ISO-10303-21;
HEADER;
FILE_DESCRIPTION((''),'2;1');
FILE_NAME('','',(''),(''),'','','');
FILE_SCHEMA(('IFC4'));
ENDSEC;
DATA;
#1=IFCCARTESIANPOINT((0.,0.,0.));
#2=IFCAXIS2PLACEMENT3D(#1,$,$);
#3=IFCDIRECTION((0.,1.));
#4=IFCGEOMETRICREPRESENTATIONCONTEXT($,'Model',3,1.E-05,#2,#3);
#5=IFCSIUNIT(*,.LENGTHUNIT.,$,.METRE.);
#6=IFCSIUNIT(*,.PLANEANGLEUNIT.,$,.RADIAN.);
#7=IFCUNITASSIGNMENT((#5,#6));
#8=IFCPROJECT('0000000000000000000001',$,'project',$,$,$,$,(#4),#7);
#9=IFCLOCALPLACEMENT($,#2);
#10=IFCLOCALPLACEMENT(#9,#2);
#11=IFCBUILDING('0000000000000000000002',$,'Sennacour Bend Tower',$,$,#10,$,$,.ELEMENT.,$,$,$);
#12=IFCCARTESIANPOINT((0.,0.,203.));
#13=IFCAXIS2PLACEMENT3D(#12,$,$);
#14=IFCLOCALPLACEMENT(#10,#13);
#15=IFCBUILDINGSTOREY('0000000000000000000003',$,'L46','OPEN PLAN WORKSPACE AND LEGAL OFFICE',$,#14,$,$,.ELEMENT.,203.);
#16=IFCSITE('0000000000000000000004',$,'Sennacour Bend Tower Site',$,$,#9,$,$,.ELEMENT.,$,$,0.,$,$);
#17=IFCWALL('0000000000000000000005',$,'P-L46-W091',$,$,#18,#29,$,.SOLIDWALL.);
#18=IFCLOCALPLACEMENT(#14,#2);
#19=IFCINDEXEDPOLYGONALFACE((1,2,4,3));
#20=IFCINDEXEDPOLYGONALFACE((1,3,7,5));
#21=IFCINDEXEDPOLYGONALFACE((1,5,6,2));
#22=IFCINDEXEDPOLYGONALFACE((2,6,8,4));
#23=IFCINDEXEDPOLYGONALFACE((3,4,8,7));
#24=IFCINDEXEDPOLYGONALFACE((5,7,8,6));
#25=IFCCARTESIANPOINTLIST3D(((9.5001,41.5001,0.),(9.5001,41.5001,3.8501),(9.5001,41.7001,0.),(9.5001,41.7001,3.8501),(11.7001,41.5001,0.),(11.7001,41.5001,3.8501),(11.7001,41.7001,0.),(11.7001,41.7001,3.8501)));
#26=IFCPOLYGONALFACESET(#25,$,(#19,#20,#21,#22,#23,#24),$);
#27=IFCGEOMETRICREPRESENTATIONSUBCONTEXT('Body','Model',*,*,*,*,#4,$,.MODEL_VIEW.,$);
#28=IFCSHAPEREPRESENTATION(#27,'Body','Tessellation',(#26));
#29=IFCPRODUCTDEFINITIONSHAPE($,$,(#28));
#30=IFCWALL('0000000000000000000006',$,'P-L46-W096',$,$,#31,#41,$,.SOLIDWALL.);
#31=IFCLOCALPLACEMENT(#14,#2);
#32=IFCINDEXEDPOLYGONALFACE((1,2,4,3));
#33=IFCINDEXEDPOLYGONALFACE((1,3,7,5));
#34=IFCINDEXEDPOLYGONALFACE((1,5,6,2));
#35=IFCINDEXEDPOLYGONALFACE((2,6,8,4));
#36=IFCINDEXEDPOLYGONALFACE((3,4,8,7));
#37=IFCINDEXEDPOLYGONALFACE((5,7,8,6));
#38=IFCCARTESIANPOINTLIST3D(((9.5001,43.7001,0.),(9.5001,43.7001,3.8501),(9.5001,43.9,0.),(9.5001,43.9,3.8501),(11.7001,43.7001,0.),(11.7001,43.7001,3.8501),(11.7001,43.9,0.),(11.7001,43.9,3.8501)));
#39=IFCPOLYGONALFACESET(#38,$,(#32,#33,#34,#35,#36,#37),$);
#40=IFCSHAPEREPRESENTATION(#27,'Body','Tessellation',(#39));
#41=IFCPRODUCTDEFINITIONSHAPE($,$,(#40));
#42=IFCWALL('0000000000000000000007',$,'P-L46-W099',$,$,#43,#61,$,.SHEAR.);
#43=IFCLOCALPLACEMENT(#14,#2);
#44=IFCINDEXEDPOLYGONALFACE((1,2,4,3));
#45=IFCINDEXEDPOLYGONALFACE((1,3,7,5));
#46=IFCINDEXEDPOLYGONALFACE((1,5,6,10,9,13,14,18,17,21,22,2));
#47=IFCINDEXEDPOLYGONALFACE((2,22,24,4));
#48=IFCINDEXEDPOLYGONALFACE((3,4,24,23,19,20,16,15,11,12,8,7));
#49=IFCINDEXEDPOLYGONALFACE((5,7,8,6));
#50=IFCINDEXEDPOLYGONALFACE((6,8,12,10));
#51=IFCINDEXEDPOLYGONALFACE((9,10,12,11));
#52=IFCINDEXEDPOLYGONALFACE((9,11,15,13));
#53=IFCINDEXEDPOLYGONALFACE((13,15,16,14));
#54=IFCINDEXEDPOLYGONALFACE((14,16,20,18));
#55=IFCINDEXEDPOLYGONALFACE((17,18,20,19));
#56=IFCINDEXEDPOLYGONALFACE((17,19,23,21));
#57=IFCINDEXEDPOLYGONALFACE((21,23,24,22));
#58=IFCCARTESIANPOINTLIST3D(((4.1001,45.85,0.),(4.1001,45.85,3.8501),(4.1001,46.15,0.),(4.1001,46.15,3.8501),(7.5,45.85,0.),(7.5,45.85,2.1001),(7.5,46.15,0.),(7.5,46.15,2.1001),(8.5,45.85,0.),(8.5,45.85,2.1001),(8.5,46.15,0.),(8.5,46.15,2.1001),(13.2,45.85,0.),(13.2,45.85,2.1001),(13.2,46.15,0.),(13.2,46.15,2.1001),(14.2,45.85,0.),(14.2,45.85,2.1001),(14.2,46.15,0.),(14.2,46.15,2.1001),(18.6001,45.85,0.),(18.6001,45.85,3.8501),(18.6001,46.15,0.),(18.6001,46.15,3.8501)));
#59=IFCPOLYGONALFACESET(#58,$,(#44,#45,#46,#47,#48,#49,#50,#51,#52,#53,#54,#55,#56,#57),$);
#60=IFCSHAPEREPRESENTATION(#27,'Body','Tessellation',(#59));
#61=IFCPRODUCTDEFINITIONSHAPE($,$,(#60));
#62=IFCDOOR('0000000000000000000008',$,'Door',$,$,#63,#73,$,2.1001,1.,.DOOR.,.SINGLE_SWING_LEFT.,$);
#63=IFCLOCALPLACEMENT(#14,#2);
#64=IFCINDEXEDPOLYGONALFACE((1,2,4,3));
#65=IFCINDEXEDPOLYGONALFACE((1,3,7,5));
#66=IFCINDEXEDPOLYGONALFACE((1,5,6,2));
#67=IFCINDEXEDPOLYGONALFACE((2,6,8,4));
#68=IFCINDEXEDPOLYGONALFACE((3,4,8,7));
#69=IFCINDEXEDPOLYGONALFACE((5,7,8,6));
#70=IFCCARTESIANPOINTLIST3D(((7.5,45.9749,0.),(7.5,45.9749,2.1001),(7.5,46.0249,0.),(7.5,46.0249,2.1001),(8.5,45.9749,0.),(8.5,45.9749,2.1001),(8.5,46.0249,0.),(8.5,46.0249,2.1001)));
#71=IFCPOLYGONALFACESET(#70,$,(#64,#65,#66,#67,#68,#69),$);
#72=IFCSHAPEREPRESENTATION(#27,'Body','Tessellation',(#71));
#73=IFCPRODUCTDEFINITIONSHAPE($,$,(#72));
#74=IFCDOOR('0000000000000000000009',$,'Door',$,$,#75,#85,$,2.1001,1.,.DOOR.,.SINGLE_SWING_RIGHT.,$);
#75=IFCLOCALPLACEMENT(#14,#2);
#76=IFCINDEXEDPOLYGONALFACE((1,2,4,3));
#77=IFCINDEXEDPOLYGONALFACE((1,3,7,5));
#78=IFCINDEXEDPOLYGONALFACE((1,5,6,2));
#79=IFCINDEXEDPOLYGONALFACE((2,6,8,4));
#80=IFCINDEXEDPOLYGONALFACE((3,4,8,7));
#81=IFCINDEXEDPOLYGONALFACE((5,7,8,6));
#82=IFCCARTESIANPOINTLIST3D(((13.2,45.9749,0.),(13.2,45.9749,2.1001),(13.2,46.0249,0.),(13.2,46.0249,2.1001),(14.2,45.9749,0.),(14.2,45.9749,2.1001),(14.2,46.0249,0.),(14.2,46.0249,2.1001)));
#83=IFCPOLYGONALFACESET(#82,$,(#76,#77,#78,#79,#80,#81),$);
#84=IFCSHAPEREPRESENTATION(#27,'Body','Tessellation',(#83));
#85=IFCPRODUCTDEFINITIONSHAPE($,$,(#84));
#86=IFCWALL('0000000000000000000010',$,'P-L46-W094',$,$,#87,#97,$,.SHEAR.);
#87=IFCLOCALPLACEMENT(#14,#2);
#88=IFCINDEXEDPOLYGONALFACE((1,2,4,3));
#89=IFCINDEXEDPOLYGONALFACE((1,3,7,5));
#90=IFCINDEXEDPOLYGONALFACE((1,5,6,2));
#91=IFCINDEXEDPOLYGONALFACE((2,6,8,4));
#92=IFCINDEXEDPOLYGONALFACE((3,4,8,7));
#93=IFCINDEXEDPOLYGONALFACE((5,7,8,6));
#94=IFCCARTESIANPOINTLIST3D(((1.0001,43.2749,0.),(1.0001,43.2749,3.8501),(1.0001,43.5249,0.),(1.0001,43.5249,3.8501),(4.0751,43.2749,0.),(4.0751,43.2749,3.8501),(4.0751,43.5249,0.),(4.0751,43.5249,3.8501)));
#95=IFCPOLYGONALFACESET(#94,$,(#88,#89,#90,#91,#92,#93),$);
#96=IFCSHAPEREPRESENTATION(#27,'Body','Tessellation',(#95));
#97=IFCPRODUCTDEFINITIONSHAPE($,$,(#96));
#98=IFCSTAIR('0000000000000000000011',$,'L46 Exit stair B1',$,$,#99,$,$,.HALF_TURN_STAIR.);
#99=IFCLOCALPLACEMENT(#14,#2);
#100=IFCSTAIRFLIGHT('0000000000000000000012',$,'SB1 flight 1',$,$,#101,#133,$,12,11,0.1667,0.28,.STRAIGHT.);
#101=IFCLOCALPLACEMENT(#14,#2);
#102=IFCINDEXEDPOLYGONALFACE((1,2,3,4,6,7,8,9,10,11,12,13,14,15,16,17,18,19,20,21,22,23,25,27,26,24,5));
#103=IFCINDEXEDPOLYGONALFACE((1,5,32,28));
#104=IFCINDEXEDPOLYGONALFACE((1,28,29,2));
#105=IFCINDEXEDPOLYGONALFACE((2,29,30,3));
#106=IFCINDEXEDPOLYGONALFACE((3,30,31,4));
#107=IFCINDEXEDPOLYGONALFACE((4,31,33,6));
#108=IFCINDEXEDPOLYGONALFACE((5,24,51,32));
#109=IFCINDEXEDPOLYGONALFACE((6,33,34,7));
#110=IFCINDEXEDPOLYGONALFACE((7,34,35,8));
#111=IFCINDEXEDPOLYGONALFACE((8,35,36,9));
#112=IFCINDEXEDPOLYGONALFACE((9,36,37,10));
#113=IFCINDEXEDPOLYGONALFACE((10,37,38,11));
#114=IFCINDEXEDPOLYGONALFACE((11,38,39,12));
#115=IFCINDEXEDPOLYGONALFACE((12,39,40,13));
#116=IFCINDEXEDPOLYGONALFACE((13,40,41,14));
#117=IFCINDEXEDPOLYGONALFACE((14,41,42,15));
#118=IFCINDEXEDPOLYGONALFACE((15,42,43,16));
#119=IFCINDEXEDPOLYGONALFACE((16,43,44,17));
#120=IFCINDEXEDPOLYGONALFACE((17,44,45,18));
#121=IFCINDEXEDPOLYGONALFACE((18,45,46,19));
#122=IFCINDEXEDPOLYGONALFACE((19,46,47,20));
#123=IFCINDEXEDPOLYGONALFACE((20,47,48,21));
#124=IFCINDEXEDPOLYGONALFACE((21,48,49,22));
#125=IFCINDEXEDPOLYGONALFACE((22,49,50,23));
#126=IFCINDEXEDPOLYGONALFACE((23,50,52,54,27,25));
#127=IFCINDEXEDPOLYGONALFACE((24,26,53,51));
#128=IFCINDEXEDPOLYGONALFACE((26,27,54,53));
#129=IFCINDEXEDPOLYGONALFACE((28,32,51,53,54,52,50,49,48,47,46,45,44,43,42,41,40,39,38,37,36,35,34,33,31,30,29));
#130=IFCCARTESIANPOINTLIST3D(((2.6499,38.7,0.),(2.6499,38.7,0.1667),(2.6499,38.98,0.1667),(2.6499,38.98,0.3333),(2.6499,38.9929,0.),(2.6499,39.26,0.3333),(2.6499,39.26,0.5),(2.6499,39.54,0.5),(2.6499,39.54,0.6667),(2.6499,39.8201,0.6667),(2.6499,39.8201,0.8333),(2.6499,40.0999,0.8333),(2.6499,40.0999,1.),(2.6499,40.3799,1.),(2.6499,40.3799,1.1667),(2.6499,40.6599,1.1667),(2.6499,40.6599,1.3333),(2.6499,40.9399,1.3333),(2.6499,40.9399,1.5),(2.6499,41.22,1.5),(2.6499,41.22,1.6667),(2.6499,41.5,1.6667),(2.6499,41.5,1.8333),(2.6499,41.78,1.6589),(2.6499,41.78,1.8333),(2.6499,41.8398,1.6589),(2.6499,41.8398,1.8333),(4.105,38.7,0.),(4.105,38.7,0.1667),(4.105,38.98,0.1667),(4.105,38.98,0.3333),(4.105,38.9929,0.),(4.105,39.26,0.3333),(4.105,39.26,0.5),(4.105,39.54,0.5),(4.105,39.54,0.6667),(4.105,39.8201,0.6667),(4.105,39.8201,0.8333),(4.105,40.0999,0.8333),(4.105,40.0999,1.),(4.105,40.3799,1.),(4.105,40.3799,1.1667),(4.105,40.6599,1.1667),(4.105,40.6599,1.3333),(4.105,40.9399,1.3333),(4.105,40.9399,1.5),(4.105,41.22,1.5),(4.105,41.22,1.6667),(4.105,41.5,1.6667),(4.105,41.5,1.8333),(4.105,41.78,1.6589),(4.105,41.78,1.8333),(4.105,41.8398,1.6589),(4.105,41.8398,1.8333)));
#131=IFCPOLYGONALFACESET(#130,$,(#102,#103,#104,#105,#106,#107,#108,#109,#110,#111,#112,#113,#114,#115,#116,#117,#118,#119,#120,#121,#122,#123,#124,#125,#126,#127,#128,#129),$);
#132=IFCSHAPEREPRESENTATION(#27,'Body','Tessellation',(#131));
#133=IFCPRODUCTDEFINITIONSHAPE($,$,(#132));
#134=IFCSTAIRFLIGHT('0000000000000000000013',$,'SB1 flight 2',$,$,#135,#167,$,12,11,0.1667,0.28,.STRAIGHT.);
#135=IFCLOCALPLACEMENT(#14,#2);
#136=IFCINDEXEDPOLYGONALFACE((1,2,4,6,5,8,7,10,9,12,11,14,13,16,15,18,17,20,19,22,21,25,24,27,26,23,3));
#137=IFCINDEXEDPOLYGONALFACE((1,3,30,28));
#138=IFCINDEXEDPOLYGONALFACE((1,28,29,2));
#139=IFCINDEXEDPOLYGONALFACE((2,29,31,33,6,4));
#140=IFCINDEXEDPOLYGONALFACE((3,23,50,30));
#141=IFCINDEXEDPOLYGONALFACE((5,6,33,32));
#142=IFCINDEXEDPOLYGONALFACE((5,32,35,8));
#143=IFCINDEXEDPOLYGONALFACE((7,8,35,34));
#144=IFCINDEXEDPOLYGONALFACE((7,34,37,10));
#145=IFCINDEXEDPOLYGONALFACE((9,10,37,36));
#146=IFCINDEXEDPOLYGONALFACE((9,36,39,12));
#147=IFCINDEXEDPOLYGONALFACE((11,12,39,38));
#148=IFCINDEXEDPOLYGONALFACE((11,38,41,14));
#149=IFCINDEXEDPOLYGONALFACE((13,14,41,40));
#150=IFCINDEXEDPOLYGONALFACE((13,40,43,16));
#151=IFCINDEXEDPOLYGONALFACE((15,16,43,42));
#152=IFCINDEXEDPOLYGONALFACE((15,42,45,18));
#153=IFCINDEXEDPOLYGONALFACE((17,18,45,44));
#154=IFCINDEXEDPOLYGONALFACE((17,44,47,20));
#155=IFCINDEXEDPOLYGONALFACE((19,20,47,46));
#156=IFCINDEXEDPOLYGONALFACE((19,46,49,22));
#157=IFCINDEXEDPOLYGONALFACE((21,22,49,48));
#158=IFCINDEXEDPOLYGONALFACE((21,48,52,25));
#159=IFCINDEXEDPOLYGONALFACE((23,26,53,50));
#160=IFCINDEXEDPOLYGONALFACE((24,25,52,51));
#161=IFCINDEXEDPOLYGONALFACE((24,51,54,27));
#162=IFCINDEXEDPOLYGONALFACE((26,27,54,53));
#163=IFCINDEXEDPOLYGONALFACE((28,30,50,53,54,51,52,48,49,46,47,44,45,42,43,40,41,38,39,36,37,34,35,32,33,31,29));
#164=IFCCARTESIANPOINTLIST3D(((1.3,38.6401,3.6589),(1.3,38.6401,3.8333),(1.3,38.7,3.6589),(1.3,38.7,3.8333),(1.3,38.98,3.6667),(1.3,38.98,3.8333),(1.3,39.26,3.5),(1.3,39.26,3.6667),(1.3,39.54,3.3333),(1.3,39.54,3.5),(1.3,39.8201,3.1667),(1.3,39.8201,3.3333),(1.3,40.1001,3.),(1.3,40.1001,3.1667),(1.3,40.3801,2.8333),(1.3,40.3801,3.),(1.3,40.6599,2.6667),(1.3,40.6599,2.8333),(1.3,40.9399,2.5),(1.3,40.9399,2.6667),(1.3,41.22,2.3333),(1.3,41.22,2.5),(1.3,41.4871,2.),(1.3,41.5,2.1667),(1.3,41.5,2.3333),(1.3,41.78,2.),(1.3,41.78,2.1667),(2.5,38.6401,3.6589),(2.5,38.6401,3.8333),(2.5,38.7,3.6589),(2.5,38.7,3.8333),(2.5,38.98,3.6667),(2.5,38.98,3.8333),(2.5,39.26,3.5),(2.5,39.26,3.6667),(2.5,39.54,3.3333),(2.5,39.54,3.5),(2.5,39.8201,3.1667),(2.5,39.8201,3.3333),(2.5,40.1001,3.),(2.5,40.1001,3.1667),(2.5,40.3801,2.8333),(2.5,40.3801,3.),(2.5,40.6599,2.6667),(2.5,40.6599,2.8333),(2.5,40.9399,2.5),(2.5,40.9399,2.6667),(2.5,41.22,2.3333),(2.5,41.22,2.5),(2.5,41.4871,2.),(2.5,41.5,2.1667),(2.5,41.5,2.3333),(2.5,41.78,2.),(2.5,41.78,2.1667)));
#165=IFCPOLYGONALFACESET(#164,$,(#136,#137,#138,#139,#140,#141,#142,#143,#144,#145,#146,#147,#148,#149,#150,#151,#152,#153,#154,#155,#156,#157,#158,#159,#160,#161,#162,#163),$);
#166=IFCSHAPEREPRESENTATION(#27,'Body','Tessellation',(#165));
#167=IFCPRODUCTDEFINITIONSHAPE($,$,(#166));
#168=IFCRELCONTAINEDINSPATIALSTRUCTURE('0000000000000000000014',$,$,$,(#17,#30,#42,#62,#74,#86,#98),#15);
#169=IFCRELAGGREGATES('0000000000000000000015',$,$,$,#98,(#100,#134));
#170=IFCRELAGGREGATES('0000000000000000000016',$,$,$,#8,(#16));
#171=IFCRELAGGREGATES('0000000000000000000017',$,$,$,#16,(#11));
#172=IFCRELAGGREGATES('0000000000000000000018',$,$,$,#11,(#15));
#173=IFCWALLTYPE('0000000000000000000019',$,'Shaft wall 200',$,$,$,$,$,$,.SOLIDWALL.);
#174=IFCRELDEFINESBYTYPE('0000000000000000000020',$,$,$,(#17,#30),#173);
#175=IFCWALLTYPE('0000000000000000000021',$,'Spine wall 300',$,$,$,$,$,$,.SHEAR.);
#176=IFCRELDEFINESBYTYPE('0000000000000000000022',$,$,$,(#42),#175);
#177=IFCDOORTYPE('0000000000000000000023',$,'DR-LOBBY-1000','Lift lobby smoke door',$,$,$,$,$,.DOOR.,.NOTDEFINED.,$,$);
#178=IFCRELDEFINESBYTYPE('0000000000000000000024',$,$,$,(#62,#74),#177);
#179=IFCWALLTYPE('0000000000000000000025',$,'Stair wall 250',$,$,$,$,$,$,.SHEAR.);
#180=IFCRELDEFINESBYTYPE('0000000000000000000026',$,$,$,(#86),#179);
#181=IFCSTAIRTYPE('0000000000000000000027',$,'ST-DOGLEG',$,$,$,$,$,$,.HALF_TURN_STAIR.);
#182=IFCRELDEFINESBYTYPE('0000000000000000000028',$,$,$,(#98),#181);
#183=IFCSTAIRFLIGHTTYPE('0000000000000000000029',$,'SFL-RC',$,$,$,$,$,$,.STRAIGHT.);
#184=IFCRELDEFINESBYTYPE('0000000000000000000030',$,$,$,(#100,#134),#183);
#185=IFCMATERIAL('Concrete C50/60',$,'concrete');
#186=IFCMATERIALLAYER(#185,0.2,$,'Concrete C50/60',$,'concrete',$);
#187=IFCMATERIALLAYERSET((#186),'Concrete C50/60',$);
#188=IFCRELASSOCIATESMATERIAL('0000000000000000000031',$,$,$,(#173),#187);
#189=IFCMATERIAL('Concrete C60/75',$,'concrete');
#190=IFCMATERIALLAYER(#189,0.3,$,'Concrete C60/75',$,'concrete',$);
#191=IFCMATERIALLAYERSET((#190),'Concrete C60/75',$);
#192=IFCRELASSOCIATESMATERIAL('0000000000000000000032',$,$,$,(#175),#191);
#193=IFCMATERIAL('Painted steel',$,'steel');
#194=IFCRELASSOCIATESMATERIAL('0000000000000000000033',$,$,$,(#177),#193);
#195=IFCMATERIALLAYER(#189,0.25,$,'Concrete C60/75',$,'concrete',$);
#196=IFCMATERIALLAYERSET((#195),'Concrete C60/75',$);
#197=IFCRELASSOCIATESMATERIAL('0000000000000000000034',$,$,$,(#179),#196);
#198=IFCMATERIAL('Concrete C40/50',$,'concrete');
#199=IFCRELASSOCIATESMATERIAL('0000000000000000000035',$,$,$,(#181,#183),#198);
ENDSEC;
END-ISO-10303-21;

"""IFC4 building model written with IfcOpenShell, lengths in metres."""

from ifc_helpers import new_model, si_unit, direction, frame, frame_2d, origin, place, context, subcontext, project, spatial, polyline, rectangle, outline, extrude, material, layer, layer_set, type_object, element, fill, aggregate, save


model = new_model("IFC4")

# Units and contexts
model_context = context("Model", 3, precision=1e-05, world=origin(), true_north=direction((0.0, 1.0)))
body_context = subcontext(model_context, "Body", "Model", "MODEL_VIEW")
ifc_project = project(units=[si_unit("LENGTHUNIT", "METRE"), si_unit("PLANEANGLEUNIT", "RADIAN")], contexts=[model_context])

# Site, building, storey
site_placement = place(None, origin())
site = spatial("IfcSite", under=ifc_project, at=site_placement, Name="Sennacour Bend Tower Site", CompositionType="ELEMENT", RefElevation=0.0)
building_placement = place(site_placement, origin())
building = spatial("IfcBuilding", under=site, at=building_placement, Name="Sennacour Bend Tower", CompositionType="ELEMENT")
storey_placement = place(building_placement, frame((0.0, 0.0, 203.0)))
storey = spatial("IfcBuildingStorey", under=building, at=storey_placement, Name="L46", Description="OPEN PLAN WORKSPACE AND LEGAL OFFICE", CompositionType="ELEMENT", Elevation=203.0)

# Shared definitions
ifc_material_1 = material(Name="Concrete C60/75", Category="concrete")

# Shared definitions
ifc_material_2 = material(Name="Painted steel", Category="steel")

# Walls
ifc_material_3 = material(Name="Concrete C50/60", Category="concrete")
ifc_layer_1 = layer(ifc_material_3, 0.2, Name="Concrete C50/60", Category="concrete")
ifc_layer_set_1 = layer_set([ifc_layer_1], Name="Concrete C50/60")
wall_type_1 = type_object("IfcWallType", Name="Shaft wall 200", PredefinedType="SOLIDWALL", material=ifc_layer_set_1)
for number, where, z_axis, x_axis, name in (
    (1, (9.5, 41.6001, 0.0), (0.0, 0.0, 1.0), (1.0, 0.0, 0.0), "P-L46-W091"),
    (2, (9.5, 43.8, 0.0), (0.0, 0.0, 1.0), (1.0, 0.0, 0.0), "P-L46-W096"),
):
    element("IfcWall", number, at=place(storey_placement, frame(where, z_axis=z_axis, x_axis=x_axis)), inside=storey, type_object=wall_type_1, Name=name, PredefinedType="SOLIDWALL", context=body_context, shape_type="SweptSolid", body=[
        extrude(rectangle(XDim=2.2, YDim=0.2, at=frame_2d((1.1001, 0.0))), origin(), (0.0, 0.0, 1.0), 3.8501),
    ])

# Wall, openings, doors
ifc_layer_2 = layer(ifc_material_1, 0.3, Name="Concrete C60/75", Category="concrete")
ifc_layer_set_2 = layer_set([ifc_layer_2], Name="Concrete C60/75")
wall_type_2 = type_object("IfcWallType", Name="Spine wall 300", PredefinedType="SHEAR", material=ifc_layer_set_2)
wall_1_placement = place(storey_placement, frame((4.1001, 46.0, 0.0), z_axis=(0.0, 0.0, 1.0), x_axis=(1.0, 0.0, 0.0)))
wall_1 = element("IfcWall", 3, at=wall_1_placement, inside=storey, type_object=wall_type_2, Name="P-L46-W099", PredefinedType="SHEAR", context=body_context, shape_type="SweptSolid", body=[
    extrude(rectangle(XDim=14.5, YDim=0.3, at=frame_2d((7.25, 0.0))), origin(), (0.0, 0.0, 1.0), 3.8501),
])
opening_1_placement = place(wall_1_placement, frame((3.3999, 0.0, 0.0)))
opening_1 = element("IfcOpeningElement", 4, at=opening_1_placement, cuts=wall_1, PredefinedType="OPENING", context=body_context, shape_type="SweptSolid", body=[
    extrude(rectangle(XDim=1.0, YDim=2.1001, at=frame_2d((0.5, 1.05))), frame((0.0, 0.1602, 0.0), z_axis=(0.0, -1.0, 0.0), x_axis=(1.0, 0.0, 0.0)), (0.0, 0.0, 1.0), 0.3201),
])
opening_2_placement = place(wall_1_placement, frame((9.0999, 0.0, 0.0)))
opening_2 = element("IfcOpeningElement", 5, at=opening_2_placement, cuts=wall_1, PredefinedType="OPENING", context=body_context, shape_type="SweptSolid", body=[
    extrude(rectangle(XDim=1.0, YDim=2.1001, at=frame_2d((0.5, 1.05))), frame((0.0, 0.1602, 0.0), z_axis=(0.0, -1.0, 0.0), x_axis=(1.0, 0.0, 0.0)), (0.0, 0.0, 1.0), 0.3201),
])
door_type_1 = type_object("IfcDoorType", Name="DR-LOBBY-1000", Description="Lift lobby smoke door", OperationType="NOTDEFINED", PredefinedType="DOOR", material=ifc_material_2)
door_1_placement = place(opening_1_placement, origin())
door_1 = element("IfcDoor", 6, at=door_1_placement, inside=storey, type_object=door_type_1, Name="Door", OperationType="SINGLE_SWING_LEFT", OverallHeight=2.1001, OverallWidth=1.0, PredefinedType="DOOR", context=body_context, shape_type="SweptSolid", body=[
    extrude(rectangle(XDim=1.0, YDim=2.1001, at=frame_2d((0.5, 1.05))), frame((0.0, 0.0249, 0.0), z_axis=(0.0, -1.0, 0.0), x_axis=(1.0, 0.0, 0.0)), (0.0, 0.0, 1.0), 0.05),
])
fill(opening_1, door_1)
door_2_placement = place(opening_2_placement, origin())
door_2 = element("IfcDoor", 7, at=door_2_placement, inside=storey, type_object=door_type_1, Name="Door", OperationType="SINGLE_SWING_RIGHT", OverallHeight=2.1001, OverallWidth=1.0, PredefinedType="DOOR", context=body_context, shape_type="SweptSolid", body=[
    extrude(rectangle(XDim=1.0, YDim=2.1001, at=frame_2d((0.5, 1.05))), frame((0.0, 0.0249, 0.0), z_axis=(0.0, -1.0, 0.0), x_axis=(1.0, 0.0, 0.0)), (0.0, 0.0, 1.0), 0.05),
])
fill(opening_2, door_2)

# Wall
ifc_layer_3 = layer(ifc_material_1, 0.25, Name="Concrete C60/75", Category="concrete")
ifc_layer_set_3 = layer_set([ifc_layer_3], Name="Concrete C60/75")
wall_type_3 = type_object("IfcWallType", Name="Stair wall 250", PredefinedType="SHEAR", material=ifc_layer_set_3)
wall_2_placement = place(storey_placement, frame((1.0, 43.3999, 0.0), z_axis=(0.0, 0.0, 1.0), x_axis=(1.0, 0.0, 0.0)))
element("IfcWall", 8, at=wall_2_placement, inside=storey, type_object=wall_type_3, Name="P-L46-W094", PredefinedType="SHEAR", context=body_context, shape_type="SweptSolid", body=[
    extrude(rectangle(XDim=3.075, YDim=0.25, at=frame_2d((1.5376, 0.0))), origin(), (0.0, 0.0, 1.0), 3.8501),
])

# Stair, stair flights
ifc_material_4 = material(Name="Concrete C40/50", Category="concrete")
stair_type = type_object("IfcStairType", Name="ST-DOGLEG", PredefinedType="HALF_TURN_STAIR", material=ifc_material_4)
stair_placement = place(storey_placement, origin())
stair = element("IfcStair", 9, at=stair_placement, inside=storey, type_object=stair_type, Name="L46 Exit stair B1", PredefinedType="HALF_TURN_STAIR")
stair_flight_type = type_object("IfcStairFlightType", Name="SFL-RC", PredefinedType="STRAIGHT", material=ifc_material_4)
stair_flight_1_placement = place(storey_placement, frame((3.3774, 38.7, 0.0), z_axis=(0.0, 0.0, 1.0), x_axis=(0.0, 1.0, 0.0)))
stair_flight_1 = element("IfcStairFlight", 10, at=stair_flight_1_placement, type_object=stair_flight_type, Name="SB1 flight 1", NumberOfRisers=12, NumberOfTreads=11, PredefinedType="STRAIGHT", RiserHeight=0.1667, TreadLength=0.28, context=body_context, shape_type="SweptSolid", body=[
    extrude(outline(polyline([(0.0, 0.0), (0.0, 0.1667), (0.28, 0.1667), (0.28, 0.3333), (0.5601, 0.3333), (0.5601, 0.5), (0.8401, 0.5), (0.8401, 0.6667), (1.1201, 0.6667), (1.1201, 0.8333), (1.3999, 0.8333), (1.3999, 1.0), (1.6799, 1.0), (1.6799, 1.1667), (1.96, 1.1667), (1.96, 1.3333), (2.24, 1.3333), (2.24, 1.5), (2.52, 1.5), (2.52, 1.6667), (2.8, 1.6667), (2.8, 1.8333), (3.0801, 1.8333), (3.1399, 1.8333), (3.1399, 1.6589), (3.0801, 1.6589), (0.293, 0.0), (0.0, 0.0)])), frame((0.0, 0.7275, 0.0), z_axis=(0.0, -1.0, 0.0), x_axis=(1.0, 0.0, 0.0)), (0.0, 0.0, 1.0), 1.4551),
])
stair_flight_2_placement = place(storey_placement, frame((1.8999, 41.78, 2.0), z_axis=(0.0, 0.0, 1.0), x_axis=(0.0, -1.0, 0.0)))
stair_flight_2 = element("IfcStairFlight", 11, at=stair_flight_2_placement, type_object=stair_flight_type, Name="SB1 flight 2", NumberOfRisers=12, NumberOfTreads=11, PredefinedType="STRAIGHT", RiserHeight=0.1667, TreadLength=0.28, context=body_context, shape_type="SweptSolid", body=[
    extrude(outline(polyline([(0.0, 0.0), (0.0, 0.1667), (0.28, 0.1667), (0.28, 0.3333), (0.5601, 0.3333), (0.5601, 0.5), (0.8401, 0.5), (0.8401, 0.6667), (1.1201, 0.6667), (1.1201, 0.8333), (1.3999, 0.8333), (1.3999, 1.0), (1.6799, 1.0), (1.6799, 1.1667), (1.96, 1.1667), (1.96, 1.3333), (2.24, 1.3333), (2.24, 1.5), (2.52, 1.5), (2.52, 1.6667), (2.8, 1.6667), (2.8, 1.8333), (3.0801, 1.8333), (3.1399, 1.8333), (3.1399, 1.6589), (3.0801, 1.6589), (0.293, 0.0), (0.0, 0.0)])), frame((0.0, 0.6001, 0.0), z_axis=(0.0, -1.0, 0.0), x_axis=(1.0, 0.0, 0.0)), (0.0, 0.0, 1.0), 1.2),
])
aggregate(stair, [stair_flight_1, stair_flight_2])

save(model, "model.ifc")
